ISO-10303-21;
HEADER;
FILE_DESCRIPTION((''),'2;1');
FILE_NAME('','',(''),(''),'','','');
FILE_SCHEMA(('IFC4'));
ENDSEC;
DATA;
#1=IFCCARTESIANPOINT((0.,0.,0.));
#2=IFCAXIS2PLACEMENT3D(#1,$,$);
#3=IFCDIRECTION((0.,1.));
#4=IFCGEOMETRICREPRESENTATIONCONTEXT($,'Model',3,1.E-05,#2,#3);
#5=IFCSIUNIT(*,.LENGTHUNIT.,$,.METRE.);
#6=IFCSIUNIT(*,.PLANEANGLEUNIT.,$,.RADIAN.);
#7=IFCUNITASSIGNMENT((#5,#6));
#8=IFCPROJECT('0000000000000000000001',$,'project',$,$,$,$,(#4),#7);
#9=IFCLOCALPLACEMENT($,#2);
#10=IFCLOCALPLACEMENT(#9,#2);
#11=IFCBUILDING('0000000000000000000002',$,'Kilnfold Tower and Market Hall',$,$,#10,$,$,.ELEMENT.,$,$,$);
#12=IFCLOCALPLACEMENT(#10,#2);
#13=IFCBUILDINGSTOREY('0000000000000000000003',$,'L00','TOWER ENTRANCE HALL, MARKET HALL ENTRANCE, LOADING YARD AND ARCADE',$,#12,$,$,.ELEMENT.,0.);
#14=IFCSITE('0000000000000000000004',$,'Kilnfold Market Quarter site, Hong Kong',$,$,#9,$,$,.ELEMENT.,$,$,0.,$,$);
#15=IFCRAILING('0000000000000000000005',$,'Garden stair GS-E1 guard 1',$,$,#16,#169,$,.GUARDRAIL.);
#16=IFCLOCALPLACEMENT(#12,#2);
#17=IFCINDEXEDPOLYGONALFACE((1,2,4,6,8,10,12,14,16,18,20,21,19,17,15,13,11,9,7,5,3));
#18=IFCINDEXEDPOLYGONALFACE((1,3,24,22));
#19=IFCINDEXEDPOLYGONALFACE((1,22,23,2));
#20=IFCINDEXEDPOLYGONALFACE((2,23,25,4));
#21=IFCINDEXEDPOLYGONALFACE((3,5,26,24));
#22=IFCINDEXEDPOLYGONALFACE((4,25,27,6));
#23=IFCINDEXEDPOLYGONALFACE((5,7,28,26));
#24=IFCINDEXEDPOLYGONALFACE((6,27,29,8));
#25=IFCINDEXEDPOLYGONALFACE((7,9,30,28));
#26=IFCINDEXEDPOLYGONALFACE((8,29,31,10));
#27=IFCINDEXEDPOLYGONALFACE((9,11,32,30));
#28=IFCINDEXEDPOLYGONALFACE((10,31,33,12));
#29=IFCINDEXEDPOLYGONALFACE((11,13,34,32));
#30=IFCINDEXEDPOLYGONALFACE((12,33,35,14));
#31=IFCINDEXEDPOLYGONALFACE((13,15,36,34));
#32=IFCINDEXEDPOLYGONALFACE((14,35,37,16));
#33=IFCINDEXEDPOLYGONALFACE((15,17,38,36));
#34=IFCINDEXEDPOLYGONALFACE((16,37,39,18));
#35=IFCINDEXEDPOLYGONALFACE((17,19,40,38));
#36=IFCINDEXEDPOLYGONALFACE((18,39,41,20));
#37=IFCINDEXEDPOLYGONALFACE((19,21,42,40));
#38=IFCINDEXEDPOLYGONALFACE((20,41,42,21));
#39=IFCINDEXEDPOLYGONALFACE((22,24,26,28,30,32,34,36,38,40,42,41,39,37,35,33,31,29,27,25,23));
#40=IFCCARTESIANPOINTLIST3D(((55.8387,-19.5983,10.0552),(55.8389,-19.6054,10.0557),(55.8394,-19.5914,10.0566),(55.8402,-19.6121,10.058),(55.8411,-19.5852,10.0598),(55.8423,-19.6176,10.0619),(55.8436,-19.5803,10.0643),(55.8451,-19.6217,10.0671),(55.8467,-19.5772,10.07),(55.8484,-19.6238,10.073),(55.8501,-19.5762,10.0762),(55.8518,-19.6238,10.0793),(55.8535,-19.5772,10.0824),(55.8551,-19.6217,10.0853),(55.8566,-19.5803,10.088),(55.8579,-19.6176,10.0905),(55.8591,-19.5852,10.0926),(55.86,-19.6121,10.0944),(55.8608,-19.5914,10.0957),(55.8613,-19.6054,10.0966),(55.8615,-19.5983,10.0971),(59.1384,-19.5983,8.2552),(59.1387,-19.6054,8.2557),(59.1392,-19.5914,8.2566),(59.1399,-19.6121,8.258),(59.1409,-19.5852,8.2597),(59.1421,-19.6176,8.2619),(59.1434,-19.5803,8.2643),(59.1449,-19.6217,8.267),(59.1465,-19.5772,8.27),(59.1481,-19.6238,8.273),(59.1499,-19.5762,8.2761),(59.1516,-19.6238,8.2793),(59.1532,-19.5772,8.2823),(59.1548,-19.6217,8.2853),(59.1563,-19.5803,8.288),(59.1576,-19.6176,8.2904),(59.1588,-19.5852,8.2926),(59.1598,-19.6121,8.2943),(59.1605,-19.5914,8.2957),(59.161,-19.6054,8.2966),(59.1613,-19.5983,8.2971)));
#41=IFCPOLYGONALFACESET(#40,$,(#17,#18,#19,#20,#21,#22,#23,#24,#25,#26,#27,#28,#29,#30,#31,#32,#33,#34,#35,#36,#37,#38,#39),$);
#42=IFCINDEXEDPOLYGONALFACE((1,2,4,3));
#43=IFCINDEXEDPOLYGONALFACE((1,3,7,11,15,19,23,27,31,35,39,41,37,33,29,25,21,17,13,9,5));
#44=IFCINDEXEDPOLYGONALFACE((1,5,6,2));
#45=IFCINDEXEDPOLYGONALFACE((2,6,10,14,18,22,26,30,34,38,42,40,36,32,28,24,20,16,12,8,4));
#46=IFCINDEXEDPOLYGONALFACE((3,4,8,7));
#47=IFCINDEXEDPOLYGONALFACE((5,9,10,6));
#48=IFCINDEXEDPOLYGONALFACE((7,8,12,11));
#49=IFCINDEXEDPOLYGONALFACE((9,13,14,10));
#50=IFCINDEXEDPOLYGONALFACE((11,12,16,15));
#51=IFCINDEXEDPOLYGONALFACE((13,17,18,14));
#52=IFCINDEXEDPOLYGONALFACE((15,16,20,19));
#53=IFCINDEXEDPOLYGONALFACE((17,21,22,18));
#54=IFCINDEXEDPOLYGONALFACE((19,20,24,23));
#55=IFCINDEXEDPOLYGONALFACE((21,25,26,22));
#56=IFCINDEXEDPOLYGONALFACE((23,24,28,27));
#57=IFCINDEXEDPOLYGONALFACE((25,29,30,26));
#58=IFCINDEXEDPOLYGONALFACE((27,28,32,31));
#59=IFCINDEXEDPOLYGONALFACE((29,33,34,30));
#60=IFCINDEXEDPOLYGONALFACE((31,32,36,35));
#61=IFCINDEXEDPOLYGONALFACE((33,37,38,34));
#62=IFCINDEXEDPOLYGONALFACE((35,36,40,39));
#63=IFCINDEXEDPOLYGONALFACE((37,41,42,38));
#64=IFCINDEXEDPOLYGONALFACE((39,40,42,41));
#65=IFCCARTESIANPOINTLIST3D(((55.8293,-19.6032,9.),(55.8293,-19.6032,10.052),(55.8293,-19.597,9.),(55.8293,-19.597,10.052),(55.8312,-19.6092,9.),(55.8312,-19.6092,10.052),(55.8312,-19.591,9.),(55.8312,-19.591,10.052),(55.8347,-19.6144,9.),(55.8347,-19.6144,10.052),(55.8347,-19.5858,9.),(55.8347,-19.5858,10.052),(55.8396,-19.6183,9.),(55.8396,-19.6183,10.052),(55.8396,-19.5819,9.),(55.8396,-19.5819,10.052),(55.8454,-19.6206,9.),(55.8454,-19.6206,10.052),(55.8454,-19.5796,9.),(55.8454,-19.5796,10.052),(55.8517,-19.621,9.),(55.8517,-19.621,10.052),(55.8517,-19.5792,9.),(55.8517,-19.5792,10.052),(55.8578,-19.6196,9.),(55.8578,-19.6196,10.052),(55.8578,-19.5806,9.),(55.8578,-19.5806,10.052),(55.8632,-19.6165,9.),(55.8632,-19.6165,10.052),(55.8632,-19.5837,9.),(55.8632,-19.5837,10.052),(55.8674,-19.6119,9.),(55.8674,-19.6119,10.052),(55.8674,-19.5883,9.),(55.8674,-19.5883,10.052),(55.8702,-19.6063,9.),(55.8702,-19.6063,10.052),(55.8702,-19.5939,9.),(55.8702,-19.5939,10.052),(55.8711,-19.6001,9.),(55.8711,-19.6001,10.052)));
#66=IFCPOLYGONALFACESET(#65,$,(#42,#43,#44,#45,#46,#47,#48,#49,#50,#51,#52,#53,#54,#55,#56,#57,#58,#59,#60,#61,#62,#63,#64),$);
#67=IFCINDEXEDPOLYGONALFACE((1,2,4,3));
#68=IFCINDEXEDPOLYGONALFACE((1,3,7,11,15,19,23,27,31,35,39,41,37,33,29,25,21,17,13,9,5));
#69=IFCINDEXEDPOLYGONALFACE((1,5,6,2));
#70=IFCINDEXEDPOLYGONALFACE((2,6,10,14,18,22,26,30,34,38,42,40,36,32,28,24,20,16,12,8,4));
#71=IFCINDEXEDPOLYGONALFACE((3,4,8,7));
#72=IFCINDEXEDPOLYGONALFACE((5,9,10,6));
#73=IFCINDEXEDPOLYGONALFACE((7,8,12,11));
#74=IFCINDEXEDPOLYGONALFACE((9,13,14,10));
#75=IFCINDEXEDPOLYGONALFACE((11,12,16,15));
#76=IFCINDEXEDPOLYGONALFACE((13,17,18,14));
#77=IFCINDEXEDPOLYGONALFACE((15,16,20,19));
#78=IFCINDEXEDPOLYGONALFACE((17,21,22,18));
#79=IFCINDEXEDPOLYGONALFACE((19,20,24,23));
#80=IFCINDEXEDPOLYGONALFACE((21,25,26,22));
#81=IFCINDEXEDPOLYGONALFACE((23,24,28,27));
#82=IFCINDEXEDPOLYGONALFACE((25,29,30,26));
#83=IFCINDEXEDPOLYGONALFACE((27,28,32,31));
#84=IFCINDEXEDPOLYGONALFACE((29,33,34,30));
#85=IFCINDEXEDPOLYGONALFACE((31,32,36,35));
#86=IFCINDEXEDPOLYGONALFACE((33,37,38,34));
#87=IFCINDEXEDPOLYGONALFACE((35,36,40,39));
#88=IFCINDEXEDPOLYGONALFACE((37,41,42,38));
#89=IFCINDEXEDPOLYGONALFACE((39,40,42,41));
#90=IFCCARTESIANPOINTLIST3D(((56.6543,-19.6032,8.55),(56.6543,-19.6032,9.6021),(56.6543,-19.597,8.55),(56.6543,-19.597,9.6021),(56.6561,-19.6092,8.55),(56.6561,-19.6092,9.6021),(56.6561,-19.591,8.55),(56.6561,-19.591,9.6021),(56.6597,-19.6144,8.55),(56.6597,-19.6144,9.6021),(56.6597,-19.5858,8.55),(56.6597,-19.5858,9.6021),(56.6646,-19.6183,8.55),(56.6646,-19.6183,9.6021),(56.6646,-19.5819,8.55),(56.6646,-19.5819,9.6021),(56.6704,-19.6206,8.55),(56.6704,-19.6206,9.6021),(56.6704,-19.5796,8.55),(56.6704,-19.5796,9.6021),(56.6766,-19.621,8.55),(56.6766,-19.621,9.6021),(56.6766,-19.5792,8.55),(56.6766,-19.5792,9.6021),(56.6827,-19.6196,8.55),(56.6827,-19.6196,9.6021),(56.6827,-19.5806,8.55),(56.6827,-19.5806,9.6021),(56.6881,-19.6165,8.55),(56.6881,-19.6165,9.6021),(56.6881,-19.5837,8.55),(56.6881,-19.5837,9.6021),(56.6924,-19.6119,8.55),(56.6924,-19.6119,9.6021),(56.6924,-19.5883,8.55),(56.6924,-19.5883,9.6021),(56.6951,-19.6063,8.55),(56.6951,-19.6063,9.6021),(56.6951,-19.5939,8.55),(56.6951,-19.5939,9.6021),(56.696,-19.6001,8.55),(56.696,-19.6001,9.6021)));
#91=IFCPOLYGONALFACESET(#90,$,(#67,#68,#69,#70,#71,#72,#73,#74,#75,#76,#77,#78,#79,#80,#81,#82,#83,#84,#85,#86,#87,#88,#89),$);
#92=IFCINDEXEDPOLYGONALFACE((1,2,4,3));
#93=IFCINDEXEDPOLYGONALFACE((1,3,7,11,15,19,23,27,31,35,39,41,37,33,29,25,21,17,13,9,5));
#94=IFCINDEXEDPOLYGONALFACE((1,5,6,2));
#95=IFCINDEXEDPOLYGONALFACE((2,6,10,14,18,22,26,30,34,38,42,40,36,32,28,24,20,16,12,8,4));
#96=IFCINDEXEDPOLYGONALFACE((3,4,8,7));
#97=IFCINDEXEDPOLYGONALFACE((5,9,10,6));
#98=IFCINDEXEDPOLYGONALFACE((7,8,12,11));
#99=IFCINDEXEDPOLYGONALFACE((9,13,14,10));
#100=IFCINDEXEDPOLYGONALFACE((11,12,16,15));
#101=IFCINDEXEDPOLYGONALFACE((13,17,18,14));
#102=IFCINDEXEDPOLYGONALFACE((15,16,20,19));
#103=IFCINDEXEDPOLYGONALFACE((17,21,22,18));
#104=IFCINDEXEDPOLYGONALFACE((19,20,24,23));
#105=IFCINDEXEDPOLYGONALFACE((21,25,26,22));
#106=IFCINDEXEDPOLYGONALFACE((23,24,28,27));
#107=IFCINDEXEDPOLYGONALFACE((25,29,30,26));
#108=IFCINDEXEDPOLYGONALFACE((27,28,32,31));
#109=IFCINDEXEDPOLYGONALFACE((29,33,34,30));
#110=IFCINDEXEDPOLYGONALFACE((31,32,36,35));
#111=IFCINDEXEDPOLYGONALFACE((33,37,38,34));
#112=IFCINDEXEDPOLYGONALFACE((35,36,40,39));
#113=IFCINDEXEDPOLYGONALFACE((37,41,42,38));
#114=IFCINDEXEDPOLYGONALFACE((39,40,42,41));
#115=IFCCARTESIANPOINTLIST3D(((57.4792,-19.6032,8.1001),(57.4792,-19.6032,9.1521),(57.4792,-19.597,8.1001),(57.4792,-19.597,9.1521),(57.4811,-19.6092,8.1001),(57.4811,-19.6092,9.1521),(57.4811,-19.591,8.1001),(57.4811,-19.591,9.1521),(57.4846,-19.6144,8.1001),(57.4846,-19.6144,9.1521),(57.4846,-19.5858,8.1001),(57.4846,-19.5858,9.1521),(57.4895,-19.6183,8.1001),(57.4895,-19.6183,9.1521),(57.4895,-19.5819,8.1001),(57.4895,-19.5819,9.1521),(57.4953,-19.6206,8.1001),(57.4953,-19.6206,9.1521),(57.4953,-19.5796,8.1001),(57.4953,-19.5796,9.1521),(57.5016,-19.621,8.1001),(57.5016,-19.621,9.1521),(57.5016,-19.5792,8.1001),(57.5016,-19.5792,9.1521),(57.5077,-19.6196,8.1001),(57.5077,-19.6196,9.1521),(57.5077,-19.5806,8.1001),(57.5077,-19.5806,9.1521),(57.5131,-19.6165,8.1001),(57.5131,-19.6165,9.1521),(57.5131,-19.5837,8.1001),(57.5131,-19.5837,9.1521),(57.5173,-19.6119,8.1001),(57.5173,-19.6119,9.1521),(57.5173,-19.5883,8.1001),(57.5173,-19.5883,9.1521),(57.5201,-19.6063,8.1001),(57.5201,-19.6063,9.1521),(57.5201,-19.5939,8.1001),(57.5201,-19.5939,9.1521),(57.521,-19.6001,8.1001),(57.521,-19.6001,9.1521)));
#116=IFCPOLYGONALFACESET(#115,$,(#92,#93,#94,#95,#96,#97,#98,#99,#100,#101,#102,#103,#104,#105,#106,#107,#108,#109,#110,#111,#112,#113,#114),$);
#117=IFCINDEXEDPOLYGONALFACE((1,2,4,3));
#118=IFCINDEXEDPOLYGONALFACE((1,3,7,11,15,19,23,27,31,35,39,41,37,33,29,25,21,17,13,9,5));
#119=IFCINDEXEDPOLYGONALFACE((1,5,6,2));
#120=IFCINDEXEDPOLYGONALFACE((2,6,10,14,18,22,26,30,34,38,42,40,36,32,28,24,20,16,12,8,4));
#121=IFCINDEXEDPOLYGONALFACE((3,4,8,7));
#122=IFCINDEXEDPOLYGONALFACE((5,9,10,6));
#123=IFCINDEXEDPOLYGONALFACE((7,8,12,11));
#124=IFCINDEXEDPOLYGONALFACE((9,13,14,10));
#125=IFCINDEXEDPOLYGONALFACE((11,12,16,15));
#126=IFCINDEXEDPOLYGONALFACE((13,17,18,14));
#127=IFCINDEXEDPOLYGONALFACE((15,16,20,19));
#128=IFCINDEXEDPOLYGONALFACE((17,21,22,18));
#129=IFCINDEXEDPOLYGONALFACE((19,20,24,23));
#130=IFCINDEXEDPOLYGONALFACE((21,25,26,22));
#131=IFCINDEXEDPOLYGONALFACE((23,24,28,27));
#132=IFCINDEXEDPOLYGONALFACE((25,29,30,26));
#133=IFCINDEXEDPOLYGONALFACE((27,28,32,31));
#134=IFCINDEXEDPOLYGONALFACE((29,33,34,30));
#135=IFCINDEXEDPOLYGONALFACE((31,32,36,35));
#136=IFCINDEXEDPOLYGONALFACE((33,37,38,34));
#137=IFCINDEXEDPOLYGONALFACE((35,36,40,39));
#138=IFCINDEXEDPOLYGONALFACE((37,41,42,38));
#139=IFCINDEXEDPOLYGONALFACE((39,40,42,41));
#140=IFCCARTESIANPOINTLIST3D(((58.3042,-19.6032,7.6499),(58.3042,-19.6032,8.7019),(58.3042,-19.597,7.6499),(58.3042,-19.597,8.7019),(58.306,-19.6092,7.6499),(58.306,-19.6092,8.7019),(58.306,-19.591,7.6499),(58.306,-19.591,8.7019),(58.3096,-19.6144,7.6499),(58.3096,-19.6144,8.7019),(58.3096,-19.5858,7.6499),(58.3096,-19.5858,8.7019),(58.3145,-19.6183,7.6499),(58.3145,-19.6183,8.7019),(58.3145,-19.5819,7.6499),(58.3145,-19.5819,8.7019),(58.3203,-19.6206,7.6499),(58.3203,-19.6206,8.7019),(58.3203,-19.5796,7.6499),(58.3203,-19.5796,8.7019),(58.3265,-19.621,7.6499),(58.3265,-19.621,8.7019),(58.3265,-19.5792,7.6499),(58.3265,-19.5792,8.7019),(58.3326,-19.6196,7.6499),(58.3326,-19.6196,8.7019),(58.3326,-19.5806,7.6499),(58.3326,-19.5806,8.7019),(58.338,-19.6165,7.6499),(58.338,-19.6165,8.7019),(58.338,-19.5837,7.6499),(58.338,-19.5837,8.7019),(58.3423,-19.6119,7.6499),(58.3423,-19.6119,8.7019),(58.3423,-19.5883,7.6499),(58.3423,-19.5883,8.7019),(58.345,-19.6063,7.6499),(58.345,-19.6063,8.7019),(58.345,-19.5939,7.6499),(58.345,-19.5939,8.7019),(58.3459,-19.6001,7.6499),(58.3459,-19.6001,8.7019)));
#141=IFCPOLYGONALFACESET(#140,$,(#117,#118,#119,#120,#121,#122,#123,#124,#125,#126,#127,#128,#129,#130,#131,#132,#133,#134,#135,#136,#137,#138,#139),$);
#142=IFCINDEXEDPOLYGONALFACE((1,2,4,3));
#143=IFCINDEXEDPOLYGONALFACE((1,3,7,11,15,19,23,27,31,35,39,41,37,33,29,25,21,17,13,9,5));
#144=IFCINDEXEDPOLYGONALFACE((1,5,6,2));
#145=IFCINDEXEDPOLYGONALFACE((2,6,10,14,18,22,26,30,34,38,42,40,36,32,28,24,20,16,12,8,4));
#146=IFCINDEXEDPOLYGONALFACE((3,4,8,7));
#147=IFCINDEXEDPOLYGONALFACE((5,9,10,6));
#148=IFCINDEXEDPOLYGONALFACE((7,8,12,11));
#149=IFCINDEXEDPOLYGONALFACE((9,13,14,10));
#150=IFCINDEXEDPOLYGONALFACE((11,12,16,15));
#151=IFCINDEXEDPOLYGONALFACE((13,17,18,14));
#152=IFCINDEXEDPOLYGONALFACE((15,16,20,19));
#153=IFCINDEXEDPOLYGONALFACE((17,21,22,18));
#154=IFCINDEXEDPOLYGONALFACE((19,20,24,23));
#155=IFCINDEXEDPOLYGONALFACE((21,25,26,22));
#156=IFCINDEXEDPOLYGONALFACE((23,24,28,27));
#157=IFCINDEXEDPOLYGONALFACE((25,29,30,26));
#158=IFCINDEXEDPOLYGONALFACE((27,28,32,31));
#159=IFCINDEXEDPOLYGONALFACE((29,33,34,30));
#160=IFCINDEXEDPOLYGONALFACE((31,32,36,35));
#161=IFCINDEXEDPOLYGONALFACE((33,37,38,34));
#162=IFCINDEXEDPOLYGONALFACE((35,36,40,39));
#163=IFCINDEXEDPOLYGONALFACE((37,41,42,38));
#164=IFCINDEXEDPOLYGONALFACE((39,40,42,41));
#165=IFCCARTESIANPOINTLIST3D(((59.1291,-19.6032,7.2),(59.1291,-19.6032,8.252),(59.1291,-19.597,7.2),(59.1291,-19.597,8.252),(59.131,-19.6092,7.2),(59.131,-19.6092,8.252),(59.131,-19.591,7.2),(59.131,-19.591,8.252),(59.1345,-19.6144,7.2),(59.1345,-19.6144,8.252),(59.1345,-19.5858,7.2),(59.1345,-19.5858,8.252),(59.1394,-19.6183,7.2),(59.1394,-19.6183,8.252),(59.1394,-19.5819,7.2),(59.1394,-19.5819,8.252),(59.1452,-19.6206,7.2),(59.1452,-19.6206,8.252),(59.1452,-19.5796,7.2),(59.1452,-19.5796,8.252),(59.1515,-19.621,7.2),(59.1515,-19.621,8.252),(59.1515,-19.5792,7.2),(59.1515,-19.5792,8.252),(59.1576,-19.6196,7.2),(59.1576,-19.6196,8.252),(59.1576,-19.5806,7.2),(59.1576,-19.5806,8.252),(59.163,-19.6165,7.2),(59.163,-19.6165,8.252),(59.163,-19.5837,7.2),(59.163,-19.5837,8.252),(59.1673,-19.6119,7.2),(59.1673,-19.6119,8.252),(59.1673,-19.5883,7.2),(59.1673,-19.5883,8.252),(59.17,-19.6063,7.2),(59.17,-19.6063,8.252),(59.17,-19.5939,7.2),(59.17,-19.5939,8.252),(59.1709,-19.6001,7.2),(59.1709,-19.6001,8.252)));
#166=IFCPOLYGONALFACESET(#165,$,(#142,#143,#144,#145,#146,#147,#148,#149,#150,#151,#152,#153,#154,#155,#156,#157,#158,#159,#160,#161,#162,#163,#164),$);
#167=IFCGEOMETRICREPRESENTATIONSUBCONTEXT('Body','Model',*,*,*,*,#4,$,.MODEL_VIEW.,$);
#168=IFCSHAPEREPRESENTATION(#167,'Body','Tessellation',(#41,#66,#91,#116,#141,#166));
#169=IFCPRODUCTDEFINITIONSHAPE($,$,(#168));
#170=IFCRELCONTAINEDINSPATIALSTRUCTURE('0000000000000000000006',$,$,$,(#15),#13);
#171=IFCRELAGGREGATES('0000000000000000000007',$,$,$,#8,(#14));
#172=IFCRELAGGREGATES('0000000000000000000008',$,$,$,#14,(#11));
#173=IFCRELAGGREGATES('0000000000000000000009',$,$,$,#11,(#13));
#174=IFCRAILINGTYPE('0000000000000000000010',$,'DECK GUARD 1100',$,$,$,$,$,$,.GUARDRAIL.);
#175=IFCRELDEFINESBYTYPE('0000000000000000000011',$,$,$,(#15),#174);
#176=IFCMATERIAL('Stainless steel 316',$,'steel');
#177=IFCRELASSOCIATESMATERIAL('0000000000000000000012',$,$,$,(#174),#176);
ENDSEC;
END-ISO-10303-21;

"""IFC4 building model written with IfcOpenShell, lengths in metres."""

from ifc_helpers import new_model, si_unit, direction, frame, origin, origin_2d, place, context, subcontext, project, spatial, circle, extrude, material, type_object, element, save


model = new_model("IFC4")

# Units and contexts
model_context = context("Model", 3, precision=1e-05, world=origin(), true_north=direction((0.0, 1.0)))
body_context = subcontext(model_context, "Body", "Model", "MODEL_VIEW")
ifc_project = project(units=[si_unit("LENGTHUNIT", "METRE"), si_unit("PLANEANGLEUNIT", "RADIAN")], contexts=[model_context])

# Site, building, storey
site_placement = place(None, origin())
site = spatial("IfcSite", under=ifc_project, at=site_placement, Name="Kilnfold Market Quarter site, Hong Kong", CompositionType="ELEMENT", RefElevation=0.0)
building_placement = place(site_placement, origin())
building = spatial("IfcBuilding", under=site, at=building_placement, Name="Kilnfold Tower and Market Hall", CompositionType="ELEMENT")
storey_placement = place(building_placement, origin())
storey = spatial("IfcBuildingStorey", under=building, at=storey_placement, Name="L00", Description="TOWER ENTRANCE HALL, MARKET HALL ENTRANCE, LOADING YARD AND ARCADE", CompositionType="ELEMENT", Elevation=0.0)

# Railing
ifc_material_1 = material(Name="Stainless steel 316", Category="steel")
railing_type_1 = type_object("IfcRailingType", Name="DECK GUARD 1100", PredefinedType="GUARDRAIL", material=ifc_material_1)
railing_1_placement = place(storey_placement, frame((55.8501, -19.6001, 9.0)))
element("IfcRailing", 1, at=railing_1_placement, inside=storey, type_object=railing_type_1, Name="Garden stair GS-E1 guard 1", PredefinedType="GUARDRAIL", context=body_context, shape_type="SweptSolid", body=[
    extrude(circle(Radius=0.0239, at=origin_2d()), frame((0.0, 0.0, 1.0762), z_axis=(0.877878, 0.0, -0.478884), x_axis=(0.0, 1.0, 0.0)), (0.0, 0.0, 1.0), 3.7588),
    extrude(circle(Radius=0.021, at=origin_2d()), origin(), (0.0, 0.0, 1.0), 1.052),
    extrude(circle(Radius=0.021, at=origin_2d()), frame((0.825, 0.0, -0.45)), (0.0, 0.0, 1.0), 1.052),
    extrude(circle(Radius=0.021, at=origin_2d()), frame((1.6499, 0.0, -0.8999)), (0.0, 0.0, 1.0), 1.052),
    extrude(circle(Radius=0.021, at=origin_2d()), frame((2.4749, 0.0, -1.3501)), (0.0, 0.0, 1.0), 1.052),
    extrude(circle(Radius=0.021, at=origin_2d()), frame((3.2998, 0.0, -1.8)), (0.0, 0.0, 1.0), 1.052),
])

save(model, "model.ifc")
